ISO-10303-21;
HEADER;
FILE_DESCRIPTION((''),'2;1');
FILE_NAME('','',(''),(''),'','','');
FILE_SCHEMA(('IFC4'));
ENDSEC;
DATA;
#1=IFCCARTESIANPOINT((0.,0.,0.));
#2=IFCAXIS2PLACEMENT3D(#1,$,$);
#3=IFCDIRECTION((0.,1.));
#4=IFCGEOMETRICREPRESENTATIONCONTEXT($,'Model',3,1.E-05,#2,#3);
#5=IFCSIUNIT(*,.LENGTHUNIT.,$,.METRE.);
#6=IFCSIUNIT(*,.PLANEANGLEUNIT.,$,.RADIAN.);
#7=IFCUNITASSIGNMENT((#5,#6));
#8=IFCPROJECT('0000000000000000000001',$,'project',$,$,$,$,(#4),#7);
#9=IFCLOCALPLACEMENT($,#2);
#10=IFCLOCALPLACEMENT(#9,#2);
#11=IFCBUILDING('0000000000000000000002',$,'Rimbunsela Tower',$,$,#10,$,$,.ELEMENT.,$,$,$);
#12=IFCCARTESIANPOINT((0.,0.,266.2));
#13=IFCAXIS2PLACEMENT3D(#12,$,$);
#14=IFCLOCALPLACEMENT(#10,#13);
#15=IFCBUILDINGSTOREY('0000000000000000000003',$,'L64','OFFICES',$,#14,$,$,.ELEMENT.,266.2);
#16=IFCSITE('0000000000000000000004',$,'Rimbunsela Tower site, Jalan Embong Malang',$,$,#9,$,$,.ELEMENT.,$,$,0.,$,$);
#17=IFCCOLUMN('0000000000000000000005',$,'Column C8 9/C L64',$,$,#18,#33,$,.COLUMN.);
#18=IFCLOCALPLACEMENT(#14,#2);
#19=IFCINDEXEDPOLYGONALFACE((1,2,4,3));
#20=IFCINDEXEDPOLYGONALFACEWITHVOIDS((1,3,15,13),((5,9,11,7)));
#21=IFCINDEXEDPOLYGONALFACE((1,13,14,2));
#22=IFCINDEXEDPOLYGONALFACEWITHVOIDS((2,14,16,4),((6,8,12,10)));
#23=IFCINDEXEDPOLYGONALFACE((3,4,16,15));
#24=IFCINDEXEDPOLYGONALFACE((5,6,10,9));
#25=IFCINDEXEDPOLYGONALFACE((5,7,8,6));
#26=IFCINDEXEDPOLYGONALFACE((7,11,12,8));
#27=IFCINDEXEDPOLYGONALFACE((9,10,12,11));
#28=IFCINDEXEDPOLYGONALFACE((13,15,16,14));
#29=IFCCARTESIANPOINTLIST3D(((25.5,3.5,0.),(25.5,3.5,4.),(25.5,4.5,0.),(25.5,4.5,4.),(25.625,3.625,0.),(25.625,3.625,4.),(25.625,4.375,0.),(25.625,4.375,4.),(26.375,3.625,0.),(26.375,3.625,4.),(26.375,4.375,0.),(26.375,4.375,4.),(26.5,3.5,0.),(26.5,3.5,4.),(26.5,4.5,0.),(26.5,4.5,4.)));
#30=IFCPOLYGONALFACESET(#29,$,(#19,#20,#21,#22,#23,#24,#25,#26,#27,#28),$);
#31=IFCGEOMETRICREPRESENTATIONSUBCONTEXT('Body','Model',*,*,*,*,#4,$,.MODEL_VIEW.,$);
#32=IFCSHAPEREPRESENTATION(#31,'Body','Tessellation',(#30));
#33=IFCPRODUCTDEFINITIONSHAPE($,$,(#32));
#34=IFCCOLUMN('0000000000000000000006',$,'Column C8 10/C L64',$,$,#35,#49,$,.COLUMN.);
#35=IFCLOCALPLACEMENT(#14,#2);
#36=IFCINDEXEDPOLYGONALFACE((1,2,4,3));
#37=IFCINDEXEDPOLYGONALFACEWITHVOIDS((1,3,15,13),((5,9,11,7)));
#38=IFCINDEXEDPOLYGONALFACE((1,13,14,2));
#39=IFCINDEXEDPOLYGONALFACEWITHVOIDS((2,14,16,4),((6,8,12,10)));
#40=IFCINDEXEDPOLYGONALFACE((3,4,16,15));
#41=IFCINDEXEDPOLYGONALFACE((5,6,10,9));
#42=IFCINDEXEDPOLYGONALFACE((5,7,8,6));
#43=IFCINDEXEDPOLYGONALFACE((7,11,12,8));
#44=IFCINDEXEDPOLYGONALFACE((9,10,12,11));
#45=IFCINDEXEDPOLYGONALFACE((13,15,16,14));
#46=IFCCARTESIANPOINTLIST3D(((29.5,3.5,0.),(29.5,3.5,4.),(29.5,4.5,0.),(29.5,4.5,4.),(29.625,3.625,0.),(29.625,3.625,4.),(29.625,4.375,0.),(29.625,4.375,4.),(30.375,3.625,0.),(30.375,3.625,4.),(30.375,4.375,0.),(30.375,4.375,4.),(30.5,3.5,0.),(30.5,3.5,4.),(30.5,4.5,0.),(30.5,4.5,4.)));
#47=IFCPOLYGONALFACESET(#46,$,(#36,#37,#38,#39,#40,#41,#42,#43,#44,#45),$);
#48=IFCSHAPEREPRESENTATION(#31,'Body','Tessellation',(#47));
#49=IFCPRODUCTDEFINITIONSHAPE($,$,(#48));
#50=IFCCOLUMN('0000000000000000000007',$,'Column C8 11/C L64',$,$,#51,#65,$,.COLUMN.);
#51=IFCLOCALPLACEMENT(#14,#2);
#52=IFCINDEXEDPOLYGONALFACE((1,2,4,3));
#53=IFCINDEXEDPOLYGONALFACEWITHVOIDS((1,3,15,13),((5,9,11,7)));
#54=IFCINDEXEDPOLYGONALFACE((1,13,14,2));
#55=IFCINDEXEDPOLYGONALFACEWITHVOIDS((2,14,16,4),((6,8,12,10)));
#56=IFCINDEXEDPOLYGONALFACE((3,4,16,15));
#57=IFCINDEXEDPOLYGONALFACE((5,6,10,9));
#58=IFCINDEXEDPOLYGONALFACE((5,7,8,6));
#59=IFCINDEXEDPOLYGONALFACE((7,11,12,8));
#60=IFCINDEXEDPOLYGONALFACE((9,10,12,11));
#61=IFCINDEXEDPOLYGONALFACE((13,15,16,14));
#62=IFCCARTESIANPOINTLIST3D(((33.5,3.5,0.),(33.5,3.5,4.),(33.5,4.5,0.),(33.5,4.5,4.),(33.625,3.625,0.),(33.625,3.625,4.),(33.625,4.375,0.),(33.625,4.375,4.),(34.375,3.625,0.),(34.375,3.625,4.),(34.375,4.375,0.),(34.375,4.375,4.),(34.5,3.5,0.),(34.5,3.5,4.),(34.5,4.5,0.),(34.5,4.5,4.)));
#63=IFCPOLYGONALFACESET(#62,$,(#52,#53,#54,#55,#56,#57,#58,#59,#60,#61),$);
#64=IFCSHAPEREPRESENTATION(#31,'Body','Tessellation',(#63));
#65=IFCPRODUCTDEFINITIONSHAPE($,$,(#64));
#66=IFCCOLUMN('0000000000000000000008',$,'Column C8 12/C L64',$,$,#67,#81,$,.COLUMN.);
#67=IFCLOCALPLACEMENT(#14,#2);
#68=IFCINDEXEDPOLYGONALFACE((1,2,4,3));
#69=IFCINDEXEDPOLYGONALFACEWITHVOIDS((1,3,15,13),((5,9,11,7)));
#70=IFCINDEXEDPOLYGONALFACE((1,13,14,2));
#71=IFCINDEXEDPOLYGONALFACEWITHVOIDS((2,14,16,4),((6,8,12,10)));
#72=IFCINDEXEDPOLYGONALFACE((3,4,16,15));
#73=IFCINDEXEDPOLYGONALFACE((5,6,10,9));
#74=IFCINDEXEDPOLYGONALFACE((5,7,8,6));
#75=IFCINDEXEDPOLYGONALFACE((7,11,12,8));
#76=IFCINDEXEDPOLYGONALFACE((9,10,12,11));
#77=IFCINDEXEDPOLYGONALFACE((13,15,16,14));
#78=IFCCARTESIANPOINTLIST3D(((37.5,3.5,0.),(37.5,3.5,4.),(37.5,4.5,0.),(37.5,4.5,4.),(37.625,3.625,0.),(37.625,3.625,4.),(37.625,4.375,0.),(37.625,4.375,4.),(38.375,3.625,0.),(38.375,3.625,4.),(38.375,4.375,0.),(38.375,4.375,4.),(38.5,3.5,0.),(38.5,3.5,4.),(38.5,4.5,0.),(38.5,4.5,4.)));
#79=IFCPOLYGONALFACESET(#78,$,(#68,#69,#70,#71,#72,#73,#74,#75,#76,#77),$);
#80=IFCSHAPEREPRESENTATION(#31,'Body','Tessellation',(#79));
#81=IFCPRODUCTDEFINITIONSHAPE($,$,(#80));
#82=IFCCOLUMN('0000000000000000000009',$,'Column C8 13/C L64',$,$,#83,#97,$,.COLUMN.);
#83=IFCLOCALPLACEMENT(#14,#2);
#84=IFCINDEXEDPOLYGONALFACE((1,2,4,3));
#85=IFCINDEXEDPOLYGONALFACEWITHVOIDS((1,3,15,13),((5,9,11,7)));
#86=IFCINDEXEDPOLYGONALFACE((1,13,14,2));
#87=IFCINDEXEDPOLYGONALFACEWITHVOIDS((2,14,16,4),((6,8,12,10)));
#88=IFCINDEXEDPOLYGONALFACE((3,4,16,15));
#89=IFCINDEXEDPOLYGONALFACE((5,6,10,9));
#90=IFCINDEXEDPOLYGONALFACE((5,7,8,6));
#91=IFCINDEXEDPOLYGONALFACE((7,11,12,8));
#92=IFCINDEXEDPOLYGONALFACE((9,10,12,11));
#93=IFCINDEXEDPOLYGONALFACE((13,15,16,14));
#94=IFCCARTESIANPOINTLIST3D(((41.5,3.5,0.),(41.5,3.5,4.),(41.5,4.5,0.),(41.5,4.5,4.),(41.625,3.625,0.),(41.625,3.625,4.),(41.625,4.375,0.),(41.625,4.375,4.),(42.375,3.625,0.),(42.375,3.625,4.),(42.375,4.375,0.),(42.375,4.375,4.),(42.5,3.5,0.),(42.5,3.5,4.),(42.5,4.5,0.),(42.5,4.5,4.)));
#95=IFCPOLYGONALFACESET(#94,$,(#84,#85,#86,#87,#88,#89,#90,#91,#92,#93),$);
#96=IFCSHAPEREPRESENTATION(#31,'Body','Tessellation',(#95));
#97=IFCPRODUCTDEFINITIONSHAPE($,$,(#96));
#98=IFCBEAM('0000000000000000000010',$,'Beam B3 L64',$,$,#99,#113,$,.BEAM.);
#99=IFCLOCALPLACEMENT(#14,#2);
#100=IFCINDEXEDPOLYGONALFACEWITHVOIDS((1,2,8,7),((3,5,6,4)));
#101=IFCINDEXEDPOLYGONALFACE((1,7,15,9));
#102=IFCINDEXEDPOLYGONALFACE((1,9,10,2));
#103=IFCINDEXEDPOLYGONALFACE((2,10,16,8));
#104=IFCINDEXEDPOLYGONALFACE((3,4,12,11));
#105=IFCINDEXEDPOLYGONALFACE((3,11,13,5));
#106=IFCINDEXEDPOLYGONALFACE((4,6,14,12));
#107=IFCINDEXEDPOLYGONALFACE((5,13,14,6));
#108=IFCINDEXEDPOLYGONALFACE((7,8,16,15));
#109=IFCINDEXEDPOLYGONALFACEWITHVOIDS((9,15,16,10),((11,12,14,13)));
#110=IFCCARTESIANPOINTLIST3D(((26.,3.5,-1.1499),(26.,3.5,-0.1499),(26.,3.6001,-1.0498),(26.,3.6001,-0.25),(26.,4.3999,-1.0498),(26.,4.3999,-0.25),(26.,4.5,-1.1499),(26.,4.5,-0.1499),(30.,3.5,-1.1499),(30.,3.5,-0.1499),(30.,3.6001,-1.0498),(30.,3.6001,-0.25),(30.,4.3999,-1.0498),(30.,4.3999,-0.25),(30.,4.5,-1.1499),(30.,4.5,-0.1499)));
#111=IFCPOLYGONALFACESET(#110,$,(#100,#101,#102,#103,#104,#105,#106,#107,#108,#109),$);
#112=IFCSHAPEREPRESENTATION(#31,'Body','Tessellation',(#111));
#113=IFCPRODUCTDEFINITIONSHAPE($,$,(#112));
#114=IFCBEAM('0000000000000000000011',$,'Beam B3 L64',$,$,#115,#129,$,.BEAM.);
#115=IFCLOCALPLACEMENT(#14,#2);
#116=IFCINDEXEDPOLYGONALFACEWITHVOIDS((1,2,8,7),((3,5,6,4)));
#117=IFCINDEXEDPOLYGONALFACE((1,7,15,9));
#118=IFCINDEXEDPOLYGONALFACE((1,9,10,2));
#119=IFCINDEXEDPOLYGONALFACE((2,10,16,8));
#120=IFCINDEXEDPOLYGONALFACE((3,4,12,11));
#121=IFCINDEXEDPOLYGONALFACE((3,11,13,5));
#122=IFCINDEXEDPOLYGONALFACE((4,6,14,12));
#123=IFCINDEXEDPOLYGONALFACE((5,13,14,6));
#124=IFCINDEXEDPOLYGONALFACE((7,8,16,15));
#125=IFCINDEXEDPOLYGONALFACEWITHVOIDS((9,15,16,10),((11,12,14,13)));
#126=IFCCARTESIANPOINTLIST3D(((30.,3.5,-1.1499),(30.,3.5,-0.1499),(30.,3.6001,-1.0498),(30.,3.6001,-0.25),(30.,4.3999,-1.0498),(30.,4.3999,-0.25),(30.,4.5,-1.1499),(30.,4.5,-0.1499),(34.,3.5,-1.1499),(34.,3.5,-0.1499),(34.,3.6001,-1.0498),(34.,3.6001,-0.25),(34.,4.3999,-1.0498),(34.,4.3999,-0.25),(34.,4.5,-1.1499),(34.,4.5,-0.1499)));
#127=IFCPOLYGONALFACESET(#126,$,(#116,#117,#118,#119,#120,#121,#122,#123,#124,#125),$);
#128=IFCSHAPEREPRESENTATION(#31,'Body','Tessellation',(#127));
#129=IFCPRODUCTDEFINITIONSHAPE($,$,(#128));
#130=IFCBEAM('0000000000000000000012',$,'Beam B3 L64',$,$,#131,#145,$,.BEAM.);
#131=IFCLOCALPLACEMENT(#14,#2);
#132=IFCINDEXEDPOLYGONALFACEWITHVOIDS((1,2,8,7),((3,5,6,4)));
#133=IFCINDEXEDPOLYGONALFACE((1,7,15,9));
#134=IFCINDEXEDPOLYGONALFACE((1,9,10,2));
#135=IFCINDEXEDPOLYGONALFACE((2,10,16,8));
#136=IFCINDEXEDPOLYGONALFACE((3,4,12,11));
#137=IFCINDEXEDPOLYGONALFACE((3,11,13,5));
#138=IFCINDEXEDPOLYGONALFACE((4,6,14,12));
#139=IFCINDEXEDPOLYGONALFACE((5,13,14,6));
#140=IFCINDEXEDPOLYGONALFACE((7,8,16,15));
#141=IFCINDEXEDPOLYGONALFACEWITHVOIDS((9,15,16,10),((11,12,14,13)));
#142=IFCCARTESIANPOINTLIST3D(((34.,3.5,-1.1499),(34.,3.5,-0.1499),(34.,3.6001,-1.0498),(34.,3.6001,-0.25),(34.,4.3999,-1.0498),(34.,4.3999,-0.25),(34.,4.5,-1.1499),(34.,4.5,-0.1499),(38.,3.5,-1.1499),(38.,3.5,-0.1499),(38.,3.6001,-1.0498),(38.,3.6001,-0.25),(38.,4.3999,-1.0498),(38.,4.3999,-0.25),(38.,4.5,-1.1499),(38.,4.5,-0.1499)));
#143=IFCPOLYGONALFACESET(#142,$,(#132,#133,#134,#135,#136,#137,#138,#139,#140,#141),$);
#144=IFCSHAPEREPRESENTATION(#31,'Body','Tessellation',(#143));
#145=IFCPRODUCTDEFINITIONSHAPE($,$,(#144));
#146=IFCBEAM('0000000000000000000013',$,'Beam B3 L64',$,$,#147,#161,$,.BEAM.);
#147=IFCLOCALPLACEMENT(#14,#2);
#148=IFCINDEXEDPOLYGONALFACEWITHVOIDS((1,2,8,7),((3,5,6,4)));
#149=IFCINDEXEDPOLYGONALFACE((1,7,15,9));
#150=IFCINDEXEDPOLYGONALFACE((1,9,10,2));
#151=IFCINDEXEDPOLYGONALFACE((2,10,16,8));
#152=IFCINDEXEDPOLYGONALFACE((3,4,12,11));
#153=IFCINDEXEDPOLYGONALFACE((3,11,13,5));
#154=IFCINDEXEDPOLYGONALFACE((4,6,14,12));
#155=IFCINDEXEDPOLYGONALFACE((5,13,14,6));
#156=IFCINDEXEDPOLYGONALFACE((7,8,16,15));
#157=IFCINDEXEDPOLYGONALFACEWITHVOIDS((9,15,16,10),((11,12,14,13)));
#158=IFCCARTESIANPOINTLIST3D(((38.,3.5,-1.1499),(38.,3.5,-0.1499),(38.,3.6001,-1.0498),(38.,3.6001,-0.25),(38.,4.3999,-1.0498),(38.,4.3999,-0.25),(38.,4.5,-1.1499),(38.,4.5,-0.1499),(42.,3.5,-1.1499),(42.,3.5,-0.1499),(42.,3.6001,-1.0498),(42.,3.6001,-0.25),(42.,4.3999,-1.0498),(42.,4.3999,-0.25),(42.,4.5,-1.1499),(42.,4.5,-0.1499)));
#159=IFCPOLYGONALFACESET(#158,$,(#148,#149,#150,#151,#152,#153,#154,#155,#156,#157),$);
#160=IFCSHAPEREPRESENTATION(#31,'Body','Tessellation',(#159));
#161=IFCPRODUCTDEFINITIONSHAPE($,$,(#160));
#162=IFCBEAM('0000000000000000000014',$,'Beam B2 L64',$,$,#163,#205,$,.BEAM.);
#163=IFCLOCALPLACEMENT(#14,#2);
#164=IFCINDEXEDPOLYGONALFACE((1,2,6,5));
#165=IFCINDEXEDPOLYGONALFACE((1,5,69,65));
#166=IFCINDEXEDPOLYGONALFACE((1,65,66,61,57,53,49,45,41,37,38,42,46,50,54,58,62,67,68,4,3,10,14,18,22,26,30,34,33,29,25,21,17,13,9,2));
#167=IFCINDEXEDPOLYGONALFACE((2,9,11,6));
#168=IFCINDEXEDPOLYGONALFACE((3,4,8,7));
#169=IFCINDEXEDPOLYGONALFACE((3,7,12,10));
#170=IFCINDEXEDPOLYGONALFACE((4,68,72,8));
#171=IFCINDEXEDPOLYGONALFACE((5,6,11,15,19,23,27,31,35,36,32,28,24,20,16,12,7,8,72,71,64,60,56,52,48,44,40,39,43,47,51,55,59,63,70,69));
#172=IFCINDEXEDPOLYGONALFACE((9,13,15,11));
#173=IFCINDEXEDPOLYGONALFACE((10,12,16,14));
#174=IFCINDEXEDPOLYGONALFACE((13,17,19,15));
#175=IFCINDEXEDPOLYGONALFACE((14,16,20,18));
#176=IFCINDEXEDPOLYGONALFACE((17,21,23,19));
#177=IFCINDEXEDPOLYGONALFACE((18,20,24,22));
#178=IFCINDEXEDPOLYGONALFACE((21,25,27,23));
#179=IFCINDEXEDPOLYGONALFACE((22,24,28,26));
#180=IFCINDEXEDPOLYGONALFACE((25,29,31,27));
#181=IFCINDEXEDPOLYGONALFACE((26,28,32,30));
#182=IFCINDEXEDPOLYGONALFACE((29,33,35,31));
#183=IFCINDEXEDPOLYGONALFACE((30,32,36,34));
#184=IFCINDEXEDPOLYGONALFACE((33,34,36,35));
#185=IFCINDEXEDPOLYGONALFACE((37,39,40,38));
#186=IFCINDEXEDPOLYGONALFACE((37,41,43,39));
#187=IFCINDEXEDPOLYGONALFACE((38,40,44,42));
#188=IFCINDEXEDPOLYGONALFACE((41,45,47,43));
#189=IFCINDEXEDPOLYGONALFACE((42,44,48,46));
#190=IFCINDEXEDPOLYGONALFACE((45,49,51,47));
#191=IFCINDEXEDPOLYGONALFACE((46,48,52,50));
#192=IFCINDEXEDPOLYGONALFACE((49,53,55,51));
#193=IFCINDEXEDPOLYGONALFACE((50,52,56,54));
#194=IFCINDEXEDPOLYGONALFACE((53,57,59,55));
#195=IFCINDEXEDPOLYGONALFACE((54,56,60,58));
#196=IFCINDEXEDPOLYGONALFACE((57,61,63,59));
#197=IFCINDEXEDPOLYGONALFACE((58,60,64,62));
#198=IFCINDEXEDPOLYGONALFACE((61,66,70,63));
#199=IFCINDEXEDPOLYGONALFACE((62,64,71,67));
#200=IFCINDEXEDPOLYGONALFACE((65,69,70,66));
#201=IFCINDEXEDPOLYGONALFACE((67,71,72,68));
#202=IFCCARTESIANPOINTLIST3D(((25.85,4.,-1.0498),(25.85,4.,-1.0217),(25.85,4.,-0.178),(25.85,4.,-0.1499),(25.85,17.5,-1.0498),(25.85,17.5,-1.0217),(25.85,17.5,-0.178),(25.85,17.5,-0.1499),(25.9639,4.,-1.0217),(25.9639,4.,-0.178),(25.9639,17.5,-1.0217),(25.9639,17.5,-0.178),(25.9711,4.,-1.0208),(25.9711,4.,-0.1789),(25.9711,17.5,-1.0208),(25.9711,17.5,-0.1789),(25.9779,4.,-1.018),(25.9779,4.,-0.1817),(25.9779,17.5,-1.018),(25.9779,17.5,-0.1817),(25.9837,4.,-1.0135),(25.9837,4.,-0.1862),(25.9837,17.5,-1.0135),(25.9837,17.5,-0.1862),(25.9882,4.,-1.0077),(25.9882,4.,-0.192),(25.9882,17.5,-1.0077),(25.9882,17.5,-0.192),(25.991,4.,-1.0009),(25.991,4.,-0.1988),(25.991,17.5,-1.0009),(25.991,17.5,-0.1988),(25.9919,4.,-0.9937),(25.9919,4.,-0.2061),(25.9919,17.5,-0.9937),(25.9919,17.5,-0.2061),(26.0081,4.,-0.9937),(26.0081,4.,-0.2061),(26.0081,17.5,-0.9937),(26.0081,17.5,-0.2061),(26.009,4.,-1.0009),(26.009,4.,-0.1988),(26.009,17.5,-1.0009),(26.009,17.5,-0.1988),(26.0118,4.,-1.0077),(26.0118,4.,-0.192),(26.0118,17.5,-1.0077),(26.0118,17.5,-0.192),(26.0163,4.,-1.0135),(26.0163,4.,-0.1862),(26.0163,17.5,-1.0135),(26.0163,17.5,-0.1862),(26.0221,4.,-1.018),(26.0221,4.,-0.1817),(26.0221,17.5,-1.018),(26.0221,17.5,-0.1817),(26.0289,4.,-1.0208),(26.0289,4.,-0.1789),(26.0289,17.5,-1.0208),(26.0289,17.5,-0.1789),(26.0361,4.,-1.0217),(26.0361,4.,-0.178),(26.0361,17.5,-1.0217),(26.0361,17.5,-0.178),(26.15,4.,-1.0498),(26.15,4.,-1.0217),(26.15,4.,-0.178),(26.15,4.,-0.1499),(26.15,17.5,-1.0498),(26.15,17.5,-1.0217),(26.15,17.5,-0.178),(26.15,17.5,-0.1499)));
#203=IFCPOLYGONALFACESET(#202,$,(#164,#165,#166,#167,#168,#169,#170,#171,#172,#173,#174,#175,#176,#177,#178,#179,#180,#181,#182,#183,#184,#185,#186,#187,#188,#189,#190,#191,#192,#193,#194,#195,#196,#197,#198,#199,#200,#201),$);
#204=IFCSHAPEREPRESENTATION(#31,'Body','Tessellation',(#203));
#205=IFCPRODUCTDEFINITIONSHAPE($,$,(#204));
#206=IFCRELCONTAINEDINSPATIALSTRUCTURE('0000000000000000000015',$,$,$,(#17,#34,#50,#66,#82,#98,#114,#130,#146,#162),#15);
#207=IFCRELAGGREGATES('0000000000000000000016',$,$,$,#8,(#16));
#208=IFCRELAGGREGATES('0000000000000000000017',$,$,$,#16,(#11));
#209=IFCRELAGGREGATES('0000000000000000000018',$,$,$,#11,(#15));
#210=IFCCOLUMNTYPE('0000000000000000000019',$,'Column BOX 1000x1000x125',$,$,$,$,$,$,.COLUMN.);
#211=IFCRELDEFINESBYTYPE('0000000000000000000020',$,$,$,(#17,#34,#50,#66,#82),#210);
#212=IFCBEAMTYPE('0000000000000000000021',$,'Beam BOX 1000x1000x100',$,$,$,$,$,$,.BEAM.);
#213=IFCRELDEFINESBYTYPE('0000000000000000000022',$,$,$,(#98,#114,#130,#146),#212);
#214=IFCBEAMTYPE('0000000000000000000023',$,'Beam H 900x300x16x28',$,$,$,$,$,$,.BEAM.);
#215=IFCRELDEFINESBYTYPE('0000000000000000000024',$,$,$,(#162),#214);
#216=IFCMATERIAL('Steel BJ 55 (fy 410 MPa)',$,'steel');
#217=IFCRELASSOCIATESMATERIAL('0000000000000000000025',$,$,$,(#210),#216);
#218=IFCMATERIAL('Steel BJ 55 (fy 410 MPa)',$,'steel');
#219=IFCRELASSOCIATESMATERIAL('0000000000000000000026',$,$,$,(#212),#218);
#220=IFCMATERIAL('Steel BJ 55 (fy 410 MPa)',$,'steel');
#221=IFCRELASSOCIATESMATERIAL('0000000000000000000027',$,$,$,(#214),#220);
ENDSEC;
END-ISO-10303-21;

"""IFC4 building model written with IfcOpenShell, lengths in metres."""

from ifc_helpers import new_model, si_unit, direction, frame, origin, origin_2d, place, context, subcontext, project, spatial, hollow_rectangle, i_section, extrude, material, material_profile, profile_set, type_object, element, save


model = new_model("IFC4")

# Units and contexts
model_context = context("Model", 3, precision=1e-05, world=origin(), true_north=direction((0.0, 1.0)))
body_context = subcontext(model_context, "Body", "Model", "MODEL_VIEW")
ifc_project = project(units=[si_unit("LENGTHUNIT", "METRE"), si_unit("PLANEANGLEUNIT", "RADIAN")], contexts=[model_context])

# Site, building, storey
site_placement = place(None, origin())
site = spatial("IfcSite", under=ifc_project, at=site_placement, Name="Rimbunsela Tower site, Jalan Embong Malang", CompositionType="ELEMENT", RefElevation=0.0)
building_placement = place(site_placement, origin())
building = spatial("IfcBuilding", under=site, at=building_placement, Name="Rimbunsela Tower", CompositionType="ELEMENT")
storey_placement = place(building_placement, frame((0.0, 0.0, 266.2)))
storey = spatial("IfcBuildingStorey", under=building, at=storey_placement, Name="L64", Description="OFFICES", CompositionType="ELEMENT", Elevation=266.2)

# Columns
ifc_material_1 = material(Name="Steel BJ 55 (fy 410 MPa)", Category="steel")
ifc_material_profile_1 = material_profile(ifc_material_1, hollow_rectangle(XDim=1.0, YDim=1.0, WallThickness=0.125, at=origin_2d()), Name="BOX 1000x1000x125")
ifc_profile_set_1 = profile_set([ifc_material_profile_1], Name="Steel BJ 55 (fy 410 MPa)")
column_type = type_object("IfcColumnType", Name="Column BOX 1000x1000x125", PredefinedType="COLUMN", material=ifc_profile_set_1)
for number, where, z_axis, x_axis, name in (
    (1, (26.0, 4.0, 0.0), (0.0, 0.0, 1.0), (1.0, 0.0, 0.0), "Column C8 9/C L64"),
    (2, (30.0, 4.0, 0.0), (0.0, 0.0, 1.0), (1.0, 0.0, 0.0), "Column C8 10/C L64"),
    (3, (34.0, 4.0, 0.0), (0.0, 0.0, 1.0), (1.0, 0.0, 0.0), "Column C8 11/C L64"),
    (4, (38.0, 4.0, 0.0), (0.0, 0.0, 1.0), (1.0, 0.0, 0.0), "Column C8 12/C L64"),
    (5, (42.0, 4.0, 0.0), (0.0, 0.0, 1.0), (1.0, 0.0, 0.0), "Column C8 13/C L64"),
):
    element("IfcColumn", number, at=place(storey_placement, frame(where, z_axis=z_axis, x_axis=x_axis)), inside=storey, type_object=column_type, Name=name, PredefinedType="COLUMN", context=body_context, shape_type="SweptSolid", body=[
        extrude(hollow_rectangle(XDim=1.0, YDim=1.0, WallThickness=0.125, at=origin_2d()), origin(), (0.0, 0.0, 1.0), 4.0),
    ])

# Beams
ifc_material_2 = material(Name="Steel BJ 55 (fy 410 MPa)", Category="steel")
ifc_material_profile_2 = material_profile(ifc_material_2, hollow_rectangle(XDim=1.0, YDim=1.0, WallThickness=0.1001, at=origin_2d()), Name="BOX 1000x1000x100")
ifc_profile_set_2 = profile_set([ifc_material_profile_2], Name="Steel BJ 55 (fy 410 MPa)")
beam_type_1 = type_object("IfcBeamType", Name="Beam BOX 1000x1000x100", PredefinedType="BEAM", material=ifc_profile_set_2)
for number, where, z_axis, x_axis, name in (
    (6, (26.0, 4.0, -0.6499), (1.0, 0.0, 0.0), (0.0, 1.0, 0.0), "Beam B3 L64"),
    (7, (30.0, 4.0, -0.6499), (1.0, 0.0, 0.0), (0.0, 1.0, 0.0), "Beam B3 L64"),
    (8, (34.0, 4.0, -0.6499), (1.0, 0.0, 0.0), (0.0, 1.0, 0.0), "Beam B3 L64"),
    (9, (38.0, 4.0, -0.6499), (1.0, 0.0, 0.0), (0.0, 1.0, 0.0), "Beam B3 L64"),
):
    element("IfcBeam", number, at=place(storey_placement, frame(where, z_axis=z_axis, x_axis=x_axis)), inside=storey, type_object=beam_type_1, Name=name, PredefinedType="BEAM", context=body_context, shape_type="SweptSolid", body=[
        extrude(hollow_rectangle(XDim=1.0, YDim=1.0, WallThickness=0.1001, at=origin_2d()), origin(), (0.0, 0.0, 1.0), 4.0),
    ])
ifc_material_3 = material(Name="Steel BJ 55 (fy 410 MPa)", Category="steel")
ifc_material_profile_3 = material_profile(ifc_material_3, i_section(OverallWidth=0.3, OverallDepth=0.8999, WebThickness=0.0161, FlangeThickness=0.0281, FilletRadius=0.0281, at=origin_2d()), Name="H 900x300x16x28")
ifc_profile_set_3 = profile_set([ifc_material_profile_3], Name="Steel BJ 55 (fy 410 MPa)")
beam_type_2 = type_object("IfcBeamType", Name="Beam H 900x300x16x28", PredefinedType="BEAM", material=ifc_profile_set_3)
for number, where, z_axis, x_axis, name in (
    (10, (26.0, 4.0, -0.5999), (0.0, 1.0, 0.0), (-1.0, 0.0, 0.0), "Beam B2 L64"),
):
    element("IfcBeam", number, at=place(storey_placement, frame(where, z_axis=z_axis, x_axis=x_axis)), inside=storey, type_object=beam_type_2, Name=name, PredefinedType="BEAM", context=body_context, shape_type="SweptSolid", body=[
        extrude(i_section(OverallWidth=0.3, OverallDepth=0.8999, WebThickness=0.0161, FlangeThickness=0.0281, FilletRadius=0.0281, at=origin_2d()), origin(), (0.0, 0.0, 1.0), 13.5),
    ])

save(model, "model.ifc")
